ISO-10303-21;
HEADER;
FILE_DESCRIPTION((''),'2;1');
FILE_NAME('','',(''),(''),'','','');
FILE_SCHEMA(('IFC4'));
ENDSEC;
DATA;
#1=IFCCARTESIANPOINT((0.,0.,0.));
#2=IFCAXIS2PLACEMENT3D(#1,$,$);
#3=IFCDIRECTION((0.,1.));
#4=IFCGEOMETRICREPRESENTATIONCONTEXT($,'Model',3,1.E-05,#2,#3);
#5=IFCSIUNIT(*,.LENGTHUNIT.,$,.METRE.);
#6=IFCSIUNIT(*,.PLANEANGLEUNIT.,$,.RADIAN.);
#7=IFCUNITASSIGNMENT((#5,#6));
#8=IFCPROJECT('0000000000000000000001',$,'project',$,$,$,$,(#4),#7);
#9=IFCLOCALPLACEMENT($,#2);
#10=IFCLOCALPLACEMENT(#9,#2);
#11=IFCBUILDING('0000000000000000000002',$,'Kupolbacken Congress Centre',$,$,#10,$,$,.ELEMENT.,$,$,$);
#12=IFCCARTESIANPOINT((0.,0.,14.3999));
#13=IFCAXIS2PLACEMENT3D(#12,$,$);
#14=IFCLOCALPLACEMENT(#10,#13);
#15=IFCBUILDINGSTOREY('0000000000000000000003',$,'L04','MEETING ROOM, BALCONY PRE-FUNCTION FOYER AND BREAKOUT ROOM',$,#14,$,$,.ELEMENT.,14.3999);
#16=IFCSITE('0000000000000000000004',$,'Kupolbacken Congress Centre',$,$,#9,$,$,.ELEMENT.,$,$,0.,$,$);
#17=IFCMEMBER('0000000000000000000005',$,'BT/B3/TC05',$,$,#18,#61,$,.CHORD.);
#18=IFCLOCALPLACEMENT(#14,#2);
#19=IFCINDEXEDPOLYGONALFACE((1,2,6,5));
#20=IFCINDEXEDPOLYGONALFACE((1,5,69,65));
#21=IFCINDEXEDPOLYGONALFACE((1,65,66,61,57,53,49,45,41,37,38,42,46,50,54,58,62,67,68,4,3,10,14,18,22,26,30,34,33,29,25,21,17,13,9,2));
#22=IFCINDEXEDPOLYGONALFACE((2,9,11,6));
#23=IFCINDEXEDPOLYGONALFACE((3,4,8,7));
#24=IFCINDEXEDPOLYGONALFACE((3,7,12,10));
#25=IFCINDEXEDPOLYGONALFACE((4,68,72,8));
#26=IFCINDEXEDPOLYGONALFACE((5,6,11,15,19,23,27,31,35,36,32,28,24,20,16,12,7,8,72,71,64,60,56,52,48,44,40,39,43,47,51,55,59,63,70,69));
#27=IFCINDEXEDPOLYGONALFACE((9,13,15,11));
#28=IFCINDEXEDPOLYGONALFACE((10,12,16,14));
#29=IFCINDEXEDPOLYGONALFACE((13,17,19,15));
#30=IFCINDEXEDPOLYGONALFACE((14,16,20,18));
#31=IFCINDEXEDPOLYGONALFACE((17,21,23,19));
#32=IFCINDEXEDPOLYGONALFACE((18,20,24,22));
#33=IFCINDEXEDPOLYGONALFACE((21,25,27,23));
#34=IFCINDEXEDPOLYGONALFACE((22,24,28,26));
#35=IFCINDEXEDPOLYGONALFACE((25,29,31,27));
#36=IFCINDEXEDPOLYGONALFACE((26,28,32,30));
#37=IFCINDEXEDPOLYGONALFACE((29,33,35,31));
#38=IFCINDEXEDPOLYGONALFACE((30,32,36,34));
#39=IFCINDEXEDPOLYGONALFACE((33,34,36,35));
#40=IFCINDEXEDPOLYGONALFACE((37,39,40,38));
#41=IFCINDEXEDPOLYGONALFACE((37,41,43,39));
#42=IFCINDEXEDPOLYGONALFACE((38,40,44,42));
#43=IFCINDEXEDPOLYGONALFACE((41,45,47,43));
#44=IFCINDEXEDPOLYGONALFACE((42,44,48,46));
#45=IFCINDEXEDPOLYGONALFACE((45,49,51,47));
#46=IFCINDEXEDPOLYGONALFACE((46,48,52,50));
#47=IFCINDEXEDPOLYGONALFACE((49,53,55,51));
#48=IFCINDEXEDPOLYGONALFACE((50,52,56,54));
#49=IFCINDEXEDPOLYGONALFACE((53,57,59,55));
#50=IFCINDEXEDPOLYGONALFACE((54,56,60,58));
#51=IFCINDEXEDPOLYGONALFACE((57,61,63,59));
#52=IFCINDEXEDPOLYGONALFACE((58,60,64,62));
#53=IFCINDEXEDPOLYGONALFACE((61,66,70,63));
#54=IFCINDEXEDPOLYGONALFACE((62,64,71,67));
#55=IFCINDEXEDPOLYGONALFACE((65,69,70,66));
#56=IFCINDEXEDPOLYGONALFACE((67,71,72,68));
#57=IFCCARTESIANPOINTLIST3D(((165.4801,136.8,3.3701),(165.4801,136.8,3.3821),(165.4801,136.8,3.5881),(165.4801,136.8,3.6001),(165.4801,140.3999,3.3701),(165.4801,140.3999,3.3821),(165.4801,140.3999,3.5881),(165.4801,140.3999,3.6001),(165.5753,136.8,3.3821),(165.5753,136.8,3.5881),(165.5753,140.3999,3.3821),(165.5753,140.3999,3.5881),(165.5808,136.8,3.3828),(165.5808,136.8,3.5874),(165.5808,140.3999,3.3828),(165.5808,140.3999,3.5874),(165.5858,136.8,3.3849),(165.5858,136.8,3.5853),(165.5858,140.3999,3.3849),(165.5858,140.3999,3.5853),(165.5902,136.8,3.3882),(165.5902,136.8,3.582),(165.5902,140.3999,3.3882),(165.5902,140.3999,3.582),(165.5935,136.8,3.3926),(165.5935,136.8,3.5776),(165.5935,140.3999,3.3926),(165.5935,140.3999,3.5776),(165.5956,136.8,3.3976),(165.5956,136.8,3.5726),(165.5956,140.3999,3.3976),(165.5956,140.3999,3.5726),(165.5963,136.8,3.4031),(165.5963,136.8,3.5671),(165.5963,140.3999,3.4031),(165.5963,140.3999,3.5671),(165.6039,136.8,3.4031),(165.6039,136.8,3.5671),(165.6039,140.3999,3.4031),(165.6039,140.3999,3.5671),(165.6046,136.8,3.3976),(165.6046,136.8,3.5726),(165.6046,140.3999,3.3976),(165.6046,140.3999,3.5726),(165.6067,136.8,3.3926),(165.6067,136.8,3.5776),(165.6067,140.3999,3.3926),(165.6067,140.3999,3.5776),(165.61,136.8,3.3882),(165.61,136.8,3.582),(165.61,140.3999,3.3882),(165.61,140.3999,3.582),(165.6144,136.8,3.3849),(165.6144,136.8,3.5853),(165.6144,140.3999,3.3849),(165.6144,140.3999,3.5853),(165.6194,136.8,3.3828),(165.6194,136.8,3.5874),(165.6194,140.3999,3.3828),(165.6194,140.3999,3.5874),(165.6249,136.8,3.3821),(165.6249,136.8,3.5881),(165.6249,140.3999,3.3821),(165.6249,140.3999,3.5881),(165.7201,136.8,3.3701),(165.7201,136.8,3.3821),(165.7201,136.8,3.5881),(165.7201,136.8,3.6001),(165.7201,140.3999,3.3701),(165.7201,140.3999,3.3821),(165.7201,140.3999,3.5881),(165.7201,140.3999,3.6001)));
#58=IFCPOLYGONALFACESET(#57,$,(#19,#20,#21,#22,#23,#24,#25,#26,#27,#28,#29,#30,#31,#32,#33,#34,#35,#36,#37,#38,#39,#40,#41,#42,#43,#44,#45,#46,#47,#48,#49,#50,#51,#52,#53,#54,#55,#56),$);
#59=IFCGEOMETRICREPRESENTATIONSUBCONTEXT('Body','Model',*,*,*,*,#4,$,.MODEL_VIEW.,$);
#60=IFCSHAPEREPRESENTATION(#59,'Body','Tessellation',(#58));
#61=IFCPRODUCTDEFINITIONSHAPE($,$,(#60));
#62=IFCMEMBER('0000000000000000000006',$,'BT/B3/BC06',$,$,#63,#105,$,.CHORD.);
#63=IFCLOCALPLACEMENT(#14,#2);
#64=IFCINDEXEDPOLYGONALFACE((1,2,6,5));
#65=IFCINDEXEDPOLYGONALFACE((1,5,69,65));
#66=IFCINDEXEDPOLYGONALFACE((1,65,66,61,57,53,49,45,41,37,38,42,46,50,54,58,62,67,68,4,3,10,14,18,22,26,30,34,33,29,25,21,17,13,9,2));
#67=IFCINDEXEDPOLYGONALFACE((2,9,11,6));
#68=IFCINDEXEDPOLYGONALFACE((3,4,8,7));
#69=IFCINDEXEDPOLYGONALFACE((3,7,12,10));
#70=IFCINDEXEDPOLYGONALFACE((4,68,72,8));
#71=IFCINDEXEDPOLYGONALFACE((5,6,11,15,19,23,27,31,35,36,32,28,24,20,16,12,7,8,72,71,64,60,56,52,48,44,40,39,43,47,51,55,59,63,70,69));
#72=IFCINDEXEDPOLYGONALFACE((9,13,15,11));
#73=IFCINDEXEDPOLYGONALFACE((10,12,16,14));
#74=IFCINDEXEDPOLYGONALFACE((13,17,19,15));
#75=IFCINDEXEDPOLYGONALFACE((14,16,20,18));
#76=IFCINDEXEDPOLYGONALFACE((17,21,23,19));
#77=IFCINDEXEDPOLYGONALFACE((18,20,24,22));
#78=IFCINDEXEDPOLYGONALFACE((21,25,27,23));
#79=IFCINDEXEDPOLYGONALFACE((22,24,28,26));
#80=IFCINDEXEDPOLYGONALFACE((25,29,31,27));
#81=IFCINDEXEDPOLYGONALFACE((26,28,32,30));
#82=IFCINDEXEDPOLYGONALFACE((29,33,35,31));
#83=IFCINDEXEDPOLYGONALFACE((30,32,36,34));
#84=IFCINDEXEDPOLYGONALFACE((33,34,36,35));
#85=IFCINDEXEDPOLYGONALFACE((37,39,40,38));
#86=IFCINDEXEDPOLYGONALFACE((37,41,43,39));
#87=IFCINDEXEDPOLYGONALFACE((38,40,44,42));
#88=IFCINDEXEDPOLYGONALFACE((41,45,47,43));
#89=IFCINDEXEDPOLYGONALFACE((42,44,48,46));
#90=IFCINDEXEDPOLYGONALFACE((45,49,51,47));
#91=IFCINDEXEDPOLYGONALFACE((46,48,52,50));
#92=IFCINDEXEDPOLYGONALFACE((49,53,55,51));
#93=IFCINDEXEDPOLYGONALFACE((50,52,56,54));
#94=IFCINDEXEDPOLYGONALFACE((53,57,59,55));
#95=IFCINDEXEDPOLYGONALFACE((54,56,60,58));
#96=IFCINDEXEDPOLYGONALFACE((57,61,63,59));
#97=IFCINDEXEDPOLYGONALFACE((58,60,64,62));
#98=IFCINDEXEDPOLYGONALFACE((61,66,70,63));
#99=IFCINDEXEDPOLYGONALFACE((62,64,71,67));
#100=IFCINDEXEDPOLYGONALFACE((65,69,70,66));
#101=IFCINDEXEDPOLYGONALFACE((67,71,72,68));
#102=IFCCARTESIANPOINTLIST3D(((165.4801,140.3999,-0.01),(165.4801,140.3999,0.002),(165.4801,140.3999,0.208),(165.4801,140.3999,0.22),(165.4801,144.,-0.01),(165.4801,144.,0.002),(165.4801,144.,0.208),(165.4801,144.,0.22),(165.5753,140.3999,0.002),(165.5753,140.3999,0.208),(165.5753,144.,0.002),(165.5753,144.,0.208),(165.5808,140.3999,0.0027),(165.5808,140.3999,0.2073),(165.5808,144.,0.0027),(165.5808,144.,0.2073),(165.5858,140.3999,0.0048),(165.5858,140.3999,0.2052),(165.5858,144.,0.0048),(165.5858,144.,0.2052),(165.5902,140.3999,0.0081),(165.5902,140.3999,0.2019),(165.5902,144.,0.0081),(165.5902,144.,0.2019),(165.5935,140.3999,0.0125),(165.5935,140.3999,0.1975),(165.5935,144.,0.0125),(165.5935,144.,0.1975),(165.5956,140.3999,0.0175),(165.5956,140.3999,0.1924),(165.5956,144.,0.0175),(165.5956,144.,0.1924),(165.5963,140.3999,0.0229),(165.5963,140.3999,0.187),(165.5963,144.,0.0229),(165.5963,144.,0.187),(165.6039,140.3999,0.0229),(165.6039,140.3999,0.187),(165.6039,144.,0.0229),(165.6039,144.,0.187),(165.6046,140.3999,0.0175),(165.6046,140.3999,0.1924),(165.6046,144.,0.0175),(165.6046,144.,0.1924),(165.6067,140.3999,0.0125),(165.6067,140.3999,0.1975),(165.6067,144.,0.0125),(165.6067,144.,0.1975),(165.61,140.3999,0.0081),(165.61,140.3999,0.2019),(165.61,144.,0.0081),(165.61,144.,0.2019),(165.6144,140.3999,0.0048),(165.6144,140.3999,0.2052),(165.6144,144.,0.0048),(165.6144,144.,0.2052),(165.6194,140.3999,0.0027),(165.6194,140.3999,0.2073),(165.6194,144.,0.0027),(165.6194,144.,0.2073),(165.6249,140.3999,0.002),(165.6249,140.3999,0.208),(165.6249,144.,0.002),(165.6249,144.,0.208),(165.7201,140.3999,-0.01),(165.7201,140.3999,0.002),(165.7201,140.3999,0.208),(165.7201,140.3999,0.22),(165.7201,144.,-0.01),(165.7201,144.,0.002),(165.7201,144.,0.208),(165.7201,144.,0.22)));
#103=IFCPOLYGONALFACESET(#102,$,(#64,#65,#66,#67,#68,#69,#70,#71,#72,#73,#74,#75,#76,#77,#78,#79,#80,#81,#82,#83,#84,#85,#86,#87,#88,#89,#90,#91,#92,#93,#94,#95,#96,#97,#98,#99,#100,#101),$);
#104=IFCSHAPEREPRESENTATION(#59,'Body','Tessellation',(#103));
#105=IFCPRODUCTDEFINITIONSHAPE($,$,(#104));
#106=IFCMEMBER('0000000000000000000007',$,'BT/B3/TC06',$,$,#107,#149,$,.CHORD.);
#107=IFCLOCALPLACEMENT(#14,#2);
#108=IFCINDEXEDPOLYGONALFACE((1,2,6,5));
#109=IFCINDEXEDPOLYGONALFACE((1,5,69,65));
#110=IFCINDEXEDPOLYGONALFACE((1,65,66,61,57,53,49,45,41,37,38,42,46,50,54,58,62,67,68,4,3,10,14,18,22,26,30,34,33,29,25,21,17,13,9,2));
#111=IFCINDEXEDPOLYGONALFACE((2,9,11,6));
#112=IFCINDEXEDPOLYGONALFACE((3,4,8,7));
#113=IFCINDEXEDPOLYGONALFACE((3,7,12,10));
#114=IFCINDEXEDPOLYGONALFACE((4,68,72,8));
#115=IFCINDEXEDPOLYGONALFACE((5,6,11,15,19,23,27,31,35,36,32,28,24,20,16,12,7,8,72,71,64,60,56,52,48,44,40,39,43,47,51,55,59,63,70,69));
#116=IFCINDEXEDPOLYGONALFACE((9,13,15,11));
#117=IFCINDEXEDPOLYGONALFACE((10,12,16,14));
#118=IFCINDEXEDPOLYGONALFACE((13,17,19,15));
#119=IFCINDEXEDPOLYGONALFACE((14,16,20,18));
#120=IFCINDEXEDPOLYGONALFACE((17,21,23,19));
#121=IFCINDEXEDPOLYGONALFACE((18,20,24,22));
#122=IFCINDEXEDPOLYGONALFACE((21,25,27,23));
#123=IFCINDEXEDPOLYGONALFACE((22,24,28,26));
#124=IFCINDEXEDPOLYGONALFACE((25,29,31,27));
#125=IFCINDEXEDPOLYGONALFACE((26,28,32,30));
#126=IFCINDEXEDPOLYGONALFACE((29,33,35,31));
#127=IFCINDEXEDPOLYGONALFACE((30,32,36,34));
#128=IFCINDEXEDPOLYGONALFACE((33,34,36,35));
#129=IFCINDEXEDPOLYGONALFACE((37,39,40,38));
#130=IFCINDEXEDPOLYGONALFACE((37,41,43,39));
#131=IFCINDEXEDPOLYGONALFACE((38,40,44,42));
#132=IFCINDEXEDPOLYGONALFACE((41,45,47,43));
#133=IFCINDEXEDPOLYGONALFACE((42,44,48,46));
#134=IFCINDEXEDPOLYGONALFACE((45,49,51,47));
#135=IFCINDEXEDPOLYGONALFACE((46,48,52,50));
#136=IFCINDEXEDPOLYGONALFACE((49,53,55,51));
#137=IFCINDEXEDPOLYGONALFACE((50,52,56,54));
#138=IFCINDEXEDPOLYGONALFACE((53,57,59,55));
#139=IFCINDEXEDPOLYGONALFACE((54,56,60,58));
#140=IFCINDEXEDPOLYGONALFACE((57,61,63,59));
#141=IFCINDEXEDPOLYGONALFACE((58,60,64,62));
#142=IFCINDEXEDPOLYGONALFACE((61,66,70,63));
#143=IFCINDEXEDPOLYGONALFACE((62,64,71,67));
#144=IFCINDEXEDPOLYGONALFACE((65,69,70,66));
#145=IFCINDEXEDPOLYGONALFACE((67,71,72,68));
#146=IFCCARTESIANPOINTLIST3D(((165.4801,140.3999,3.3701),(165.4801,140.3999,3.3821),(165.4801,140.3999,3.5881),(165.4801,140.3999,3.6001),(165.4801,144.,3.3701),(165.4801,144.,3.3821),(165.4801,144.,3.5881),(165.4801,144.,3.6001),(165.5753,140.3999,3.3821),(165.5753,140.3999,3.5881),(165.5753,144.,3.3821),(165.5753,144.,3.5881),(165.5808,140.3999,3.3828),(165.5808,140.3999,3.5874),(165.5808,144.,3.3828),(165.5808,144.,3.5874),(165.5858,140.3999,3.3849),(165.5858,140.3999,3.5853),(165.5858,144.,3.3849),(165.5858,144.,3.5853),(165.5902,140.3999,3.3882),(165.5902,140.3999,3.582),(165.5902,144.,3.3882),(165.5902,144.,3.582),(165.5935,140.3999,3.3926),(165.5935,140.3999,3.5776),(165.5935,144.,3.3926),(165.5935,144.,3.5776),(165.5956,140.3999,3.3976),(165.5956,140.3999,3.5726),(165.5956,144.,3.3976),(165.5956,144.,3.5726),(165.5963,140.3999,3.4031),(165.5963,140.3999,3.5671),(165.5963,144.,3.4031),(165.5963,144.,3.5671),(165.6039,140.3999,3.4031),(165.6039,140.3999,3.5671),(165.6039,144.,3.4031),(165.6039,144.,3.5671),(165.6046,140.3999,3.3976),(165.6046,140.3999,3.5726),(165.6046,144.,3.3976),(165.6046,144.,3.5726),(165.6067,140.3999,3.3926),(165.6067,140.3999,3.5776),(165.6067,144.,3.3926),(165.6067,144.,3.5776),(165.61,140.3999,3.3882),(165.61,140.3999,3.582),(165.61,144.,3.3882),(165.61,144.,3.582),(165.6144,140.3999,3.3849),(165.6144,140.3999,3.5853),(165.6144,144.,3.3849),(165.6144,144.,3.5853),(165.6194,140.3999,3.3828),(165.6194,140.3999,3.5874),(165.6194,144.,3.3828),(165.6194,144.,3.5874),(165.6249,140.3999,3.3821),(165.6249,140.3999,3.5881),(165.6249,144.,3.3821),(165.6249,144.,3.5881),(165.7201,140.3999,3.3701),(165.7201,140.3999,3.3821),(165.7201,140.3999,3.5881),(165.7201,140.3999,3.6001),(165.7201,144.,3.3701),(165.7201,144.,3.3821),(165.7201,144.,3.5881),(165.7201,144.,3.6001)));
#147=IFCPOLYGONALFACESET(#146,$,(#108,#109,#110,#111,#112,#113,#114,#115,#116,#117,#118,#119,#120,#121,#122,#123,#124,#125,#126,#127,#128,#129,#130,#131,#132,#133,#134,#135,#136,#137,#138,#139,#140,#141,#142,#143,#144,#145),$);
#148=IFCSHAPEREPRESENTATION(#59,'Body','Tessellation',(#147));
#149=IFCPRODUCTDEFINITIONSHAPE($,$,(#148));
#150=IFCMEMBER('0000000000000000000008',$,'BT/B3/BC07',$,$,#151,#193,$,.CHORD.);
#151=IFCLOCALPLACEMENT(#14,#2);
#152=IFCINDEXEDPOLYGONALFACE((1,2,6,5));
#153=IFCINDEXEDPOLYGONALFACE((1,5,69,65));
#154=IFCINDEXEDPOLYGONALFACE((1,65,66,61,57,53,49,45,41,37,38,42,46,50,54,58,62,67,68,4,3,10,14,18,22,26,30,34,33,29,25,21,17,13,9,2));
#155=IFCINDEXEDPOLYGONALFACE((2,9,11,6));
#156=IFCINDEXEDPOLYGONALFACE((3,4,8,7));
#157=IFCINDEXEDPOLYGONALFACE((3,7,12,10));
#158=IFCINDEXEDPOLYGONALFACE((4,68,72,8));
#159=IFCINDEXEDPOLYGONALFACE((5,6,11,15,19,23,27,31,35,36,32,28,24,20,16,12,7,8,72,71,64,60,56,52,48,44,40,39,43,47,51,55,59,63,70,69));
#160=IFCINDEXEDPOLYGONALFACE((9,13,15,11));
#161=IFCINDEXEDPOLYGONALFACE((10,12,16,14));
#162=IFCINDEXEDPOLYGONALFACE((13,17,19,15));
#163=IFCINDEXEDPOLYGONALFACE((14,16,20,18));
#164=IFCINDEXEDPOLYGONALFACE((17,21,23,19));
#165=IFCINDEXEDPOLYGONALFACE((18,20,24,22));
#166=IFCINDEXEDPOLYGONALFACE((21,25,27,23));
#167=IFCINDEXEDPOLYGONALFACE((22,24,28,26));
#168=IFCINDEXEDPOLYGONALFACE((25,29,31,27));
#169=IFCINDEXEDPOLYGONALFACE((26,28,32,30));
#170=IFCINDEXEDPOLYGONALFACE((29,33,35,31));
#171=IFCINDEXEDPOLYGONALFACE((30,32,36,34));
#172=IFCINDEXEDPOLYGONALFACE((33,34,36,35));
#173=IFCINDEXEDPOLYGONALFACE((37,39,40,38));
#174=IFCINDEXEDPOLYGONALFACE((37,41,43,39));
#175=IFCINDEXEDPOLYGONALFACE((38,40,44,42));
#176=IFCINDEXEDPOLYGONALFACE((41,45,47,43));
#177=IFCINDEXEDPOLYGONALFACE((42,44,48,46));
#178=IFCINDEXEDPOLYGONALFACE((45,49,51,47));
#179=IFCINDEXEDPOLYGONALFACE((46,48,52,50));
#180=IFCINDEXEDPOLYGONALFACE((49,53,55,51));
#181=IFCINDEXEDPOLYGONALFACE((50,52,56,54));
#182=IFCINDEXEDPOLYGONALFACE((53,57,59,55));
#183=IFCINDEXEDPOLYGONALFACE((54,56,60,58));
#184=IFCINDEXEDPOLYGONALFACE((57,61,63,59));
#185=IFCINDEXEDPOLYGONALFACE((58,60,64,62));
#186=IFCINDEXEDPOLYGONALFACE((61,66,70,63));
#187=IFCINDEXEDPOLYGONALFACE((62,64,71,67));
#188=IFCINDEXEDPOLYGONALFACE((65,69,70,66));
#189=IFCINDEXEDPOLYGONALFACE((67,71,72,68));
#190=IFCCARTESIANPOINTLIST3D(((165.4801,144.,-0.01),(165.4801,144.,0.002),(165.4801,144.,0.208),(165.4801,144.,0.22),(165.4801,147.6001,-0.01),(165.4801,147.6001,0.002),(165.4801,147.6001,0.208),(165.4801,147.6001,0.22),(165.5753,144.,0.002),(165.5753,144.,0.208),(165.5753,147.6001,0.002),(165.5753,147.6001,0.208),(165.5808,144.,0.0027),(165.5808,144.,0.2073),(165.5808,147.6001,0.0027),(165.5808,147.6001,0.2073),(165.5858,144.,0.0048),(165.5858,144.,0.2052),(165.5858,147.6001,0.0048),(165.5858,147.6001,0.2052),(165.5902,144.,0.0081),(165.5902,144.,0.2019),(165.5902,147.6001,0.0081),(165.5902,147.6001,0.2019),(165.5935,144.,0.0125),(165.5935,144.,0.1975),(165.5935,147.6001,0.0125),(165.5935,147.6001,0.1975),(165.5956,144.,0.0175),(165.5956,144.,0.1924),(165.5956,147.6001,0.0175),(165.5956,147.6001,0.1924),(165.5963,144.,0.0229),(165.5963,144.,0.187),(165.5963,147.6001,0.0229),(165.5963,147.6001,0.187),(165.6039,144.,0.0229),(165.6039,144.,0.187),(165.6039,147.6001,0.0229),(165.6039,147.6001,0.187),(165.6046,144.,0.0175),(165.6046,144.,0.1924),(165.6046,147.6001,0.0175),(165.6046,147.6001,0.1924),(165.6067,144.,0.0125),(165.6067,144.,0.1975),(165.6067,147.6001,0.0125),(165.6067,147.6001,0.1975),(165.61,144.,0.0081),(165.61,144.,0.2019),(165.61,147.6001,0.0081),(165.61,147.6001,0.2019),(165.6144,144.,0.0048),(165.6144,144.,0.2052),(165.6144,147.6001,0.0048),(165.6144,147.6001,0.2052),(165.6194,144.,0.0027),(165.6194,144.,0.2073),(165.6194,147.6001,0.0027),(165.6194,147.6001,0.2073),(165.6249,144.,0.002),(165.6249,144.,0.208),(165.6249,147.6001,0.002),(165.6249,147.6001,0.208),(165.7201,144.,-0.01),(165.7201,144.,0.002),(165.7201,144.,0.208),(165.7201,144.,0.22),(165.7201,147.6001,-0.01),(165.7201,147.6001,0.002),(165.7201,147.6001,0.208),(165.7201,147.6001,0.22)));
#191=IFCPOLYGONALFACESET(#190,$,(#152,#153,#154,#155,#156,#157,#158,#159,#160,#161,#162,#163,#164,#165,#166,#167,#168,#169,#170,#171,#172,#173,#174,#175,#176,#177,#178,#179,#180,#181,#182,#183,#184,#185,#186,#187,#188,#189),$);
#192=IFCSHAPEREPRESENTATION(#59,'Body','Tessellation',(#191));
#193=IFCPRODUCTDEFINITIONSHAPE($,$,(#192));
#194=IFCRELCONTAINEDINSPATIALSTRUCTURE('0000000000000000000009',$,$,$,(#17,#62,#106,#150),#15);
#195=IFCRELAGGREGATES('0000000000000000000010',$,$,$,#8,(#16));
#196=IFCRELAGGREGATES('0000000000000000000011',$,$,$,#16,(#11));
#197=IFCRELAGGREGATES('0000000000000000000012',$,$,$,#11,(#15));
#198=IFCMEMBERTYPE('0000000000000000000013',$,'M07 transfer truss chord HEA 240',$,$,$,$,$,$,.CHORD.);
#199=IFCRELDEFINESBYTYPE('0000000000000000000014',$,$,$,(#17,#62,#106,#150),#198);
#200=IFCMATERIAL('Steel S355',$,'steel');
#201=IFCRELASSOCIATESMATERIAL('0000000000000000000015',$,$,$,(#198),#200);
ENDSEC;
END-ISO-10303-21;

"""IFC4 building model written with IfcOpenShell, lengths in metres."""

from ifc_helpers import new_model, si_unit, direction, frame, origin, origin_2d, place, context, subcontext, project, spatial, i_section, extrude, material, material_profile, profile_set, type_object, element, save


model = new_model("IFC4")

# Units and contexts
model_context = context("Model", 3, precision=1e-05, world=origin(), true_north=direction((0.0, 1.0)))
body_context = subcontext(model_context, "Body", "Model", "MODEL_VIEW")
ifc_project = project(units=[si_unit("LENGTHUNIT", "METRE"), si_unit("PLANEANGLEUNIT", "RADIAN")], contexts=[model_context])

# Site, building, storey
site_placement = place(None, origin())
site = spatial("IfcSite", under=ifc_project, at=site_placement, Name="Kupolbacken Congress Centre", CompositionType="ELEMENT", RefElevation=0.0)
building_placement = place(site_placement, origin())
building = spatial("IfcBuilding", under=site, at=building_placement, Name="Kupolbacken Congress Centre", CompositionType="ELEMENT")
storey_placement = place(building_placement, frame((0.0, 0.0, 14.3999)))
storey = spatial("IfcBuildingStorey", under=building, at=storey_placement, Name="L04", Description="MEETING ROOM, BALCONY PRE-FUNCTION FOYER AND BREAKOUT ROOM", CompositionType="ELEMENT", Elevation=14.3999)

# Members
ifc_material_1 = material(Name="Steel S355", Category="steel")
ifc_material_profile_1 = material_profile(ifc_material_1, i_section(OverallWidth=0.24, OverallDepth=0.23, WebThickness=0.0076, FlangeThickness=0.012, FilletRadius=0.021, at=origin_2d()), Name="HEA 240")
ifc_profile_set_1 = profile_set([ifc_material_profile_1], Name="Steel S355")
member_type_1 = type_object("IfcMemberType", Name="M07 transfer truss chord HEA 240", PredefinedType="CHORD", material=ifc_profile_set_1)
for number, where, z_axis, x_axis, name in (
    (1, (165.6001, 136.8, 3.4851), (0.0, 1.0, 0.0), (-1.0, 0.0, 0.0), "BT/B3/TC05"),
):
    element("IfcMember", number, at=place(storey_placement, frame(where, z_axis=z_axis, x_axis=x_axis)), inside=storey, type_object=member_type_1, Name=name, PredefinedType="CHORD", context=body_context, shape_type="SweptSolid", body=[
        extrude(i_section(OverallWidth=0.24, OverallDepth=0.23, WebThickness=0.0076, FlangeThickness=0.012, FilletRadius=0.021, at=origin_2d()), origin(), (0.0, 0.0, 1.0), 3.5999),
    ])
for number, where, z_axis, x_axis, name in (
    (2, (165.6001, 140.3999, 0.105), (0.0, 1.0, 0.0), (-1.0, 0.0, 0.0), "BT/B3/BC06"),
    (3, (165.6001, 140.3999, 3.4851), (0.0, 1.0, 0.0), (-1.0, 0.0, 0.0), "BT/B3/TC06"),
    (4, (165.6001, 144.0, 0.105), (0.0, 1.0, 0.0), (-1.0, 0.0, 0.0), "BT/B3/BC07"),
):
    element("IfcMember", number, at=place(storey_placement, frame(where, z_axis=z_axis, x_axis=x_axis)), inside=storey, type_object=member_type_1, Name=name, PredefinedType="CHORD", context=body_context, shape_type="SweptSolid", body=[
        extrude(i_section(OverallWidth=0.24, OverallDepth=0.23, WebThickness=0.0076, FlangeThickness=0.012, FilletRadius=0.021, at=origin_2d()), origin(), (0.0, 0.0, 1.0), 3.6001),
    ])

save(model, "model.ifc")
